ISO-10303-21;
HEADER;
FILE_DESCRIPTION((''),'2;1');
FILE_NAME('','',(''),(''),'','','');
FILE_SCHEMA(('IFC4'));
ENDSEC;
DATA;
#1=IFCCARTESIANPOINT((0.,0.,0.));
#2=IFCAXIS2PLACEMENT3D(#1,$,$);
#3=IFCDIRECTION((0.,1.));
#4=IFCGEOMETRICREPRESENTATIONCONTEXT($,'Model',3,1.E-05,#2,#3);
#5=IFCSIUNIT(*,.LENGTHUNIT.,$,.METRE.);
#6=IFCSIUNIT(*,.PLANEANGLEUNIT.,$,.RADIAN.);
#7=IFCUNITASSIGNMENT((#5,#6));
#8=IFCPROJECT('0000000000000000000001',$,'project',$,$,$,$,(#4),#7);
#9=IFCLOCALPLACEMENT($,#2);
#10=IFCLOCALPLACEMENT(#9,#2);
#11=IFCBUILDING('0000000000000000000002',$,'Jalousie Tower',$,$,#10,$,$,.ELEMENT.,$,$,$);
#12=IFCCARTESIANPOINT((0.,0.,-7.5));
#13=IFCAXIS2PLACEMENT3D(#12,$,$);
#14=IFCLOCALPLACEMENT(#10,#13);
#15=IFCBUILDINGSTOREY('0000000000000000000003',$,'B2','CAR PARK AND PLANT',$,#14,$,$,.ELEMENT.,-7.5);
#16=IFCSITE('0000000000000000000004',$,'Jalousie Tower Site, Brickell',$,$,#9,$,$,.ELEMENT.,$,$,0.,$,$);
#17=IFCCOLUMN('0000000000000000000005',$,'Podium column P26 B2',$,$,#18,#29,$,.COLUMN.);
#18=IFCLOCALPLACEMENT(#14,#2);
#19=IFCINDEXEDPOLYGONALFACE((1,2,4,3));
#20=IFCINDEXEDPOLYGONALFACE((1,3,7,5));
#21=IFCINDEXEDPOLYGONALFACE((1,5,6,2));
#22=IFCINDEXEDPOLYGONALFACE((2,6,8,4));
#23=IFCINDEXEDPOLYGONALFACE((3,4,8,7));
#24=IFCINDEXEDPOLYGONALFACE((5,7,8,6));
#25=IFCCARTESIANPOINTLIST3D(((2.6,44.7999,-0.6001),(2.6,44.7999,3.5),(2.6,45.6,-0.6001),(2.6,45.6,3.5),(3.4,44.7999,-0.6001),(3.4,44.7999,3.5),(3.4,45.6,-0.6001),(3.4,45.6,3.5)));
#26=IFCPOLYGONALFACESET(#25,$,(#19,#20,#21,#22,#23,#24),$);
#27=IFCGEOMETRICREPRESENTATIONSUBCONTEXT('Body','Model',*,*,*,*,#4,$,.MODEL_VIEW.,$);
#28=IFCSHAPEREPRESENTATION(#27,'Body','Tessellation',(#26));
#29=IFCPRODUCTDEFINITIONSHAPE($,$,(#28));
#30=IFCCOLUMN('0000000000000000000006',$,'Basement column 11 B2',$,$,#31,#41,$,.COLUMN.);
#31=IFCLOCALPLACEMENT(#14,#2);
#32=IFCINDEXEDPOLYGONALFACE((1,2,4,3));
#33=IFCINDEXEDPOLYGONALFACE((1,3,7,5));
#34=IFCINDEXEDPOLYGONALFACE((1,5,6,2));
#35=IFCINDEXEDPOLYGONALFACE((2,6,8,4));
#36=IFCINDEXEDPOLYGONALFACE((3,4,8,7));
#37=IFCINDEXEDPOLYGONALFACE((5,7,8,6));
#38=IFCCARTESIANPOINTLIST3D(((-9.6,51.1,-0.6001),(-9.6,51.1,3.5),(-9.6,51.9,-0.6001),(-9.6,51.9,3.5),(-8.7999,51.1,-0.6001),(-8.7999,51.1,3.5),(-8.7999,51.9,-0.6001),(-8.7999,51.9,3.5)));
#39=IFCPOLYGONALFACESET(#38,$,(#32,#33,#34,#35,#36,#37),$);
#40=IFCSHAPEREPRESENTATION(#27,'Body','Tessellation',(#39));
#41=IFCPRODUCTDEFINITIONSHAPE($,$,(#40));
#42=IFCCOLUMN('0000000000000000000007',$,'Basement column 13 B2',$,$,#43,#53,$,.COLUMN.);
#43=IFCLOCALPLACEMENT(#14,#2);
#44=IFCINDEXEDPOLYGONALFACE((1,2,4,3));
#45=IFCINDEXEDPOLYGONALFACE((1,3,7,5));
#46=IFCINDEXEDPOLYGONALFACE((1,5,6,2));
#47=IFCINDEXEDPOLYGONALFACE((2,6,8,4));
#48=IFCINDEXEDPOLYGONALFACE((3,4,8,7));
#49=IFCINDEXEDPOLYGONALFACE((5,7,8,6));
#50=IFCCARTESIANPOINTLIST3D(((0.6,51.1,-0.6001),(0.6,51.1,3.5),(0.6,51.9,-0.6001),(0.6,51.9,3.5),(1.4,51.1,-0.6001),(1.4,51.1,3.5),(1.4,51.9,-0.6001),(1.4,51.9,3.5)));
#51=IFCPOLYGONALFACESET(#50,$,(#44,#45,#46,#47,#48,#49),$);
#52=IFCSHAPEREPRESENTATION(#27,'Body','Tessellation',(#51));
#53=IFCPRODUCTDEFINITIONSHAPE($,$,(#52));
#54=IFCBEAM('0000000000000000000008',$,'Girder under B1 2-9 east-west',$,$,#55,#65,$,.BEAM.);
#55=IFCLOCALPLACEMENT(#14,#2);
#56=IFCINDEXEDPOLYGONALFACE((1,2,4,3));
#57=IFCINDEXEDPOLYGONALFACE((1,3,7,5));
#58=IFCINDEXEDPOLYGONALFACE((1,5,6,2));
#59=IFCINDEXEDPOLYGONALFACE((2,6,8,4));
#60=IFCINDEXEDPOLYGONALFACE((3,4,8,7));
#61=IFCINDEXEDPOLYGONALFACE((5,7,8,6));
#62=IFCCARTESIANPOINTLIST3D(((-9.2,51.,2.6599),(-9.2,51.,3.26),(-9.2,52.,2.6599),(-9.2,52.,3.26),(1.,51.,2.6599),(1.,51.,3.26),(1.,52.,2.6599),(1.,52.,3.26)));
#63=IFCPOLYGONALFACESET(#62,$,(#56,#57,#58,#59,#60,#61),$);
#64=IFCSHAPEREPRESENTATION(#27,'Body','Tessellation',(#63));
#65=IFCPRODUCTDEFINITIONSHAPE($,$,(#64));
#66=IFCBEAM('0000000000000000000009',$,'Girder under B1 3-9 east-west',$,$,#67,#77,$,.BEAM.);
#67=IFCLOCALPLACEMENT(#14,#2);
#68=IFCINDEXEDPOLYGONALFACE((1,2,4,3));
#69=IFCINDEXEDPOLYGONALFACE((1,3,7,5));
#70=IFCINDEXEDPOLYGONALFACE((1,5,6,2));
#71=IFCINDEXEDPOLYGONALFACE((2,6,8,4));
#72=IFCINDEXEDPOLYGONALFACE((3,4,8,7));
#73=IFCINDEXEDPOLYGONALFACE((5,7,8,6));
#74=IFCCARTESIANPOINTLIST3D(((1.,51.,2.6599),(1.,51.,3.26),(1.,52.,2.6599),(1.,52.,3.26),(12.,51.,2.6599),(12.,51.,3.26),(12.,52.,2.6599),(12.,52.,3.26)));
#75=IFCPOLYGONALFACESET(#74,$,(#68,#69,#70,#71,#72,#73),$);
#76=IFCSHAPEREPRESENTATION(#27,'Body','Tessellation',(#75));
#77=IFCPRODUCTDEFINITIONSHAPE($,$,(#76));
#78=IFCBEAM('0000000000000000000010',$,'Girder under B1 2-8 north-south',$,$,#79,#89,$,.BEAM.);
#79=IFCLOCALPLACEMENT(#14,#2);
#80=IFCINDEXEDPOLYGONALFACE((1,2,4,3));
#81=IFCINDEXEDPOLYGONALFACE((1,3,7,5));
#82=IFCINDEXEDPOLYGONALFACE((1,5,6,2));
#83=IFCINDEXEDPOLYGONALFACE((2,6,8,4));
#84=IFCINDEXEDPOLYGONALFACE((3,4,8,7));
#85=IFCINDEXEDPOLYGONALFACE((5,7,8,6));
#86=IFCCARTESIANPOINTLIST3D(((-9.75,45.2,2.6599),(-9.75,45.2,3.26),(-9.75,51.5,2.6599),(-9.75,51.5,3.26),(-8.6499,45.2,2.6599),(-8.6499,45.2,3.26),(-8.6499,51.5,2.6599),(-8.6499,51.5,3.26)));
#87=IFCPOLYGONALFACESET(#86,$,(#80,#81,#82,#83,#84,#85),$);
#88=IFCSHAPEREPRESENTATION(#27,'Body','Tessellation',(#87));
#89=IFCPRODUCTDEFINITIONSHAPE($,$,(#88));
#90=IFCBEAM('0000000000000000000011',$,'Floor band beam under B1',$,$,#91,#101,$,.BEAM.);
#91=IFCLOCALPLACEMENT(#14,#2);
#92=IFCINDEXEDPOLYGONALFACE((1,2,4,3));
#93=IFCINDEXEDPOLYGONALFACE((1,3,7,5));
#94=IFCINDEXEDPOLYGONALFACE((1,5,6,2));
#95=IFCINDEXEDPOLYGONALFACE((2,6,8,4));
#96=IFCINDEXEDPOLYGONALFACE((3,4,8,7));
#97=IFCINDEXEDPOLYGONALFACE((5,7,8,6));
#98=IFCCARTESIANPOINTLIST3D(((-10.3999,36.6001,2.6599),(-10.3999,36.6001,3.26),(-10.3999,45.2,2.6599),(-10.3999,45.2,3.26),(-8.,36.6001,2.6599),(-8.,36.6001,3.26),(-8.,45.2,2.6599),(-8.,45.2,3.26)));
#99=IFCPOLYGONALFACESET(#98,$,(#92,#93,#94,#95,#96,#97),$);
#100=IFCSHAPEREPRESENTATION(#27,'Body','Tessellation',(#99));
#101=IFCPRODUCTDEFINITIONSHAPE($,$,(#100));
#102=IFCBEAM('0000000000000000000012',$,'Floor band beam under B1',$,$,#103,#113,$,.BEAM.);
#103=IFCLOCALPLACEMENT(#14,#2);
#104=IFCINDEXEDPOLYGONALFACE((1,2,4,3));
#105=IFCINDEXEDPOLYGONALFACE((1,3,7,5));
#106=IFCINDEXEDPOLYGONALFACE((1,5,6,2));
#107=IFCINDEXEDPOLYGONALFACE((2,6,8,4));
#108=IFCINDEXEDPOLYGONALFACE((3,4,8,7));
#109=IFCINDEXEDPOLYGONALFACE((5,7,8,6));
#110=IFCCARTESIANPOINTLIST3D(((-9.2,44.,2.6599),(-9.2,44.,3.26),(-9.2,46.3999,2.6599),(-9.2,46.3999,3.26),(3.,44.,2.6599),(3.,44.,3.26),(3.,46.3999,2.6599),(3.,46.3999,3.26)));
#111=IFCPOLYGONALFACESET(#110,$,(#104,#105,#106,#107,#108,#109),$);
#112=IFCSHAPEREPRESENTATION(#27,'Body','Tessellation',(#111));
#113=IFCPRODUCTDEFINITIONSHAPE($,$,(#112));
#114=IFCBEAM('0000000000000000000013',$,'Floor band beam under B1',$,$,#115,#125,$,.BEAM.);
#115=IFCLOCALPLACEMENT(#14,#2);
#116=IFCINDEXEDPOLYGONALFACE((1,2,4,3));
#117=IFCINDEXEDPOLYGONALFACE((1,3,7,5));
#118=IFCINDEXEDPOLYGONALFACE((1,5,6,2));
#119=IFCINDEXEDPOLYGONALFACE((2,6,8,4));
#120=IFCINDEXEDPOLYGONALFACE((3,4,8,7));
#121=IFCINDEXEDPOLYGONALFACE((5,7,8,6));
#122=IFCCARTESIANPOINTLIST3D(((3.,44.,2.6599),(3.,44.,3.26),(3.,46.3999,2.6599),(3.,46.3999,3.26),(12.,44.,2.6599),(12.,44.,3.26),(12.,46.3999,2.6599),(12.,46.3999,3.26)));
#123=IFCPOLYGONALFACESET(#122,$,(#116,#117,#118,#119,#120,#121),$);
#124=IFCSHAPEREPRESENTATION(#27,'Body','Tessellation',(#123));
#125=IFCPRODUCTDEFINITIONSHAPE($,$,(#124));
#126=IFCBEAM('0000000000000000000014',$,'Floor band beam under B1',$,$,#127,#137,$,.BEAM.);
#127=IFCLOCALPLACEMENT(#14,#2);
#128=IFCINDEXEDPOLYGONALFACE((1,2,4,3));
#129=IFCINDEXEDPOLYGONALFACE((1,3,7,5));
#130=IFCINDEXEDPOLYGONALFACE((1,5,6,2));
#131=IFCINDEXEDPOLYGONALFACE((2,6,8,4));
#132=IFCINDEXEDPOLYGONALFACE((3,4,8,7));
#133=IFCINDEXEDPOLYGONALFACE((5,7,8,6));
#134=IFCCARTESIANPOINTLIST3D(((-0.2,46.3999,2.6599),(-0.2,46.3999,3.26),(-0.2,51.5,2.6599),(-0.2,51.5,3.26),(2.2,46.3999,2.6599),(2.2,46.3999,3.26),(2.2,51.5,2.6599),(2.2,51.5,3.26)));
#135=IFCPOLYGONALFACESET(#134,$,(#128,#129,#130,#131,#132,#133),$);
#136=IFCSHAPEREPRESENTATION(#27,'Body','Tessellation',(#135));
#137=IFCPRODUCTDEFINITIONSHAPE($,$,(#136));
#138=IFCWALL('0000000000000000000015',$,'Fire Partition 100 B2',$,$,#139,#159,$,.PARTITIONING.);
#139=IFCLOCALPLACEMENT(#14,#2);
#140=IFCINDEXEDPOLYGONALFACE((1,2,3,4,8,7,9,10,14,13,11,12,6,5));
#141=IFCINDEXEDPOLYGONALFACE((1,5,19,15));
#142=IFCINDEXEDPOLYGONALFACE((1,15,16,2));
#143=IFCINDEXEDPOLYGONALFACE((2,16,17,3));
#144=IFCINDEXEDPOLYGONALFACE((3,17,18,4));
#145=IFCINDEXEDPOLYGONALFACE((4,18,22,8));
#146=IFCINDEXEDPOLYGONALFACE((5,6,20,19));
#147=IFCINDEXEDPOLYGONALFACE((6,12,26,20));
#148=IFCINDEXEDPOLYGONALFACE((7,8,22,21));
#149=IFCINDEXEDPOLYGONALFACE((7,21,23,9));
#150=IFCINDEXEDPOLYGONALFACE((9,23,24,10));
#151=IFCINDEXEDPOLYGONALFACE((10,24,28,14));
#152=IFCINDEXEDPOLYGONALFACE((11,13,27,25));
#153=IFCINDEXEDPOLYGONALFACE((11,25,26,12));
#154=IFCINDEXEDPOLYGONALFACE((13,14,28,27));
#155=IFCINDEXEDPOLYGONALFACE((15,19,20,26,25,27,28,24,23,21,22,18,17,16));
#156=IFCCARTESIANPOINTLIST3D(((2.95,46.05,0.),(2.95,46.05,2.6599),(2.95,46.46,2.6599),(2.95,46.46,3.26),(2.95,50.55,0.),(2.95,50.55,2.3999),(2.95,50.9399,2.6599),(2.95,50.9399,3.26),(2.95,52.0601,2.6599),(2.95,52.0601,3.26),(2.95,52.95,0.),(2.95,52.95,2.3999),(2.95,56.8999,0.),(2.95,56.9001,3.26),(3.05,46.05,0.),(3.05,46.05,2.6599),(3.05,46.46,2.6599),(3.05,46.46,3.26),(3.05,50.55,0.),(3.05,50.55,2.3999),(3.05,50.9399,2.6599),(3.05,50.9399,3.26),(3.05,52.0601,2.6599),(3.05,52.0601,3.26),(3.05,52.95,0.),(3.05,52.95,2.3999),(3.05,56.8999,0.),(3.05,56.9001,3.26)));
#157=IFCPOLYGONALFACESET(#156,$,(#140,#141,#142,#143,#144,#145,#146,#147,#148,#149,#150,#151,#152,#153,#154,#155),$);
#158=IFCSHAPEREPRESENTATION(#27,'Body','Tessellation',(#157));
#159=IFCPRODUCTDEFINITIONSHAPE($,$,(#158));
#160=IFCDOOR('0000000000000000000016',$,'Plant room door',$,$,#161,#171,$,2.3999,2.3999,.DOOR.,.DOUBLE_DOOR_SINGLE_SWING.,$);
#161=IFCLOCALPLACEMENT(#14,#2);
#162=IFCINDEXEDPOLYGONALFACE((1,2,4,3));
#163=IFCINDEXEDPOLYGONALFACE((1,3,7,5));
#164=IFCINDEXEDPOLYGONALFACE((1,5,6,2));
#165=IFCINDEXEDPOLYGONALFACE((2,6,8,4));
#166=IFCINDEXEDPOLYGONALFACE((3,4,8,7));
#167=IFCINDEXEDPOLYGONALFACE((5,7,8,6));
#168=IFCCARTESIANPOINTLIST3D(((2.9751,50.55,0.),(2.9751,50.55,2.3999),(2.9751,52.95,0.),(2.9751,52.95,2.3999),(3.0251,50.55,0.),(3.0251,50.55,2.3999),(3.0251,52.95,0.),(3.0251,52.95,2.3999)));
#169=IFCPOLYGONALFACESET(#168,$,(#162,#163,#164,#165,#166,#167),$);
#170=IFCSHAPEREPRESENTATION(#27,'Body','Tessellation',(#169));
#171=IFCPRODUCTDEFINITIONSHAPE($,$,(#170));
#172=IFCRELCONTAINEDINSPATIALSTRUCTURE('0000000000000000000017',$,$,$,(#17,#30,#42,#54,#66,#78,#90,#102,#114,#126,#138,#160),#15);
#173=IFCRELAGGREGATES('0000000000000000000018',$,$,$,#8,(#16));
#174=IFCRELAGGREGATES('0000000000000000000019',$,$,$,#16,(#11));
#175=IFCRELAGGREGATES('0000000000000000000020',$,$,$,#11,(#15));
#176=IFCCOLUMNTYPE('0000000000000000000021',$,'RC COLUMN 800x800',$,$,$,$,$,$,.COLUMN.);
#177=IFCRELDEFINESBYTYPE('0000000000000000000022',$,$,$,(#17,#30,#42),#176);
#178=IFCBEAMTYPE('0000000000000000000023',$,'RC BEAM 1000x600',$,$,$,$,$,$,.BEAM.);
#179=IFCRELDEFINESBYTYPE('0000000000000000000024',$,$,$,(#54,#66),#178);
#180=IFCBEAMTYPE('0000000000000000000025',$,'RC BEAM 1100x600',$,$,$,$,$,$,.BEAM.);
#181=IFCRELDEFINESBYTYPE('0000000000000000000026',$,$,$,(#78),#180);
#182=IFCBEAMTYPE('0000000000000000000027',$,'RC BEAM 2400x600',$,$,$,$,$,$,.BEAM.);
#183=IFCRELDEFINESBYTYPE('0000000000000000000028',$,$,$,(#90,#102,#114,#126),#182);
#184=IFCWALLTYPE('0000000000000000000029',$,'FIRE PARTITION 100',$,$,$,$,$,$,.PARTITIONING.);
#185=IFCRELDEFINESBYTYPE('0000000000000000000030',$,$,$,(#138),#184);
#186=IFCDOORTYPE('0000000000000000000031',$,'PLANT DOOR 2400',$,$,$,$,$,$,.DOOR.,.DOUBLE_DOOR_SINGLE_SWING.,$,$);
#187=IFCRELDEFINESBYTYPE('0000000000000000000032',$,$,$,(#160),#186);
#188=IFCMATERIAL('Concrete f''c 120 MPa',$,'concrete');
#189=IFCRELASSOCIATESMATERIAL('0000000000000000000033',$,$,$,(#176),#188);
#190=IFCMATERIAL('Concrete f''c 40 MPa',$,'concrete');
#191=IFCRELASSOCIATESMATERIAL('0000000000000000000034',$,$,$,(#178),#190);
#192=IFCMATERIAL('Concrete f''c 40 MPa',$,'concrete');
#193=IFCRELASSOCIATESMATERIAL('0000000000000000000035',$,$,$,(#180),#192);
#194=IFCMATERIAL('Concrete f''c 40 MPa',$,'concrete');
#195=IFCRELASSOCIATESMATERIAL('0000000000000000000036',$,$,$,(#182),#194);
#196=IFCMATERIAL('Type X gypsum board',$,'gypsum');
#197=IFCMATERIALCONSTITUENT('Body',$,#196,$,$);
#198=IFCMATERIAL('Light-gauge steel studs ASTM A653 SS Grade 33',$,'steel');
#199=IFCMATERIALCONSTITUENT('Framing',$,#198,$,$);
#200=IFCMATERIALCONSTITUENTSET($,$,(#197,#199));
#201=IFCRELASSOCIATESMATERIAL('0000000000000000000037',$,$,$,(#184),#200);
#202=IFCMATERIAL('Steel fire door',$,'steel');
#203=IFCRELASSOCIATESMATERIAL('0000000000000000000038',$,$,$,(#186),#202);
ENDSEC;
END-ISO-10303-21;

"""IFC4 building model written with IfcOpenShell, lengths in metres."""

from ifc_helpers import new_model, si_unit, direction, frame, frame_2d, origin, origin_2d, place, context, subcontext, project, spatial, polyline, rectangle, outline, extrude, material, constituent, constituent_set, material_profile, profile_set, type_object, element, fill, save


model = new_model("IFC4")

# Units and contexts
model_context = context("Model", 3, precision=1e-05, world=origin(), true_north=direction((0.0, 1.0)))
body_context = subcontext(model_context, "Body", "Model", "MODEL_VIEW")
ifc_project = project(units=[si_unit("LENGTHUNIT", "METRE"), si_unit("PLANEANGLEUNIT", "RADIAN")], contexts=[model_context])

# Site, building, storey
site_placement = place(None, origin())
site = spatial("IfcSite", under=ifc_project, at=site_placement, Name="Jalousie Tower Site, Brickell", CompositionType="ELEMENT", RefElevation=0.0)
building_placement = place(site_placement, origin())
building = spatial("IfcBuilding", under=site, at=building_placement, Name="Jalousie Tower", CompositionType="ELEMENT")
storey_placement = place(building_placement, frame((0.0, 0.0, -7.5)))
storey = spatial("IfcBuildingStorey", under=building, at=storey_placement, Name="B2", Description="CAR PARK AND PLANT", CompositionType="ELEMENT", Elevation=-7.5)

# Columns
ifc_material_1 = material(Name="Concrete f'c 120 MPa", Category="concrete")
ifc_material_profile_1 = material_profile(ifc_material_1, rectangle(XDim=0.8, YDim=0.8, at=origin_2d()), Name="RC 800x800")
ifc_profile_set_1 = profile_set([ifc_material_profile_1], Name="Concrete f'c 120 MPa")
column_type = type_object("IfcColumnType", Name="RC COLUMN 800x800", PredefinedType="COLUMN", material=ifc_profile_set_1)
for number, where, z_axis, x_axis, name in (
    (1, (3.0, 45.2, -0.6001), (0.0, 0.0, 1.0), (1.0, 0.0, 0.0), "Podium column P26 B2"),
    (2, (-9.2, 51.5, -0.6001), (0.0, 0.0, 1.0), (1.0, 0.0, 0.0), "Basement column 11 B2"),
    (3, (1.0, 51.5, -0.6001), (0.0, 0.0, 1.0), (1.0, 0.0, 0.0), "Basement column 13 B2"),
):
    element("IfcColumn", number, at=place(storey_placement, frame(where, z_axis=z_axis, x_axis=x_axis)), inside=storey, type_object=column_type, Name=name, PredefinedType="COLUMN", context=body_context, shape_type="SweptSolid", body=[
        extrude(rectangle(XDim=0.8, YDim=0.8, at=origin_2d()), origin(), (0.0, 0.0, 1.0), 4.1001),
    ])

# Beams
ifc_material_2 = material(Name="Concrete f'c 40 MPa", Category="concrete")
ifc_material_profile_2 = material_profile(ifc_material_2, rectangle(XDim=1.0, YDim=0.6001, at=origin_2d()), Name="RC 1000x600")
ifc_profile_set_2 = profile_set([ifc_material_profile_2], Name="Concrete f'c 40 MPa")
beam_type_1 = type_object("IfcBeamType", Name="RC BEAM 1000x600", PredefinedType="BEAM", material=ifc_profile_set_2)
beam_1_placement = place(storey_placement, frame((-9.2, 51.5, 2.96), z_axis=(1.0, 0.0, 0.0), x_axis=(0.0, 1.0, 0.0)))
element("IfcBeam", 4, at=beam_1_placement, inside=storey, type_object=beam_type_1, Name="Girder under B1 2-9 east-west", PredefinedType="BEAM", context=body_context, shape_type="SweptSolid", body=[
    extrude(rectangle(XDim=1.0, YDim=0.6001, at=origin_2d()), origin(), (0.0, 0.0, 1.0), 10.2),
])
beam_2_placement = place(storey_placement, frame((1.0, 51.5, 2.96), z_axis=(1.0, 0.0, 0.0), x_axis=(0.0, 1.0, 0.0)))
element("IfcBeam", 5, at=beam_2_placement, inside=storey, type_object=beam_type_1, Name="Girder under B1 3-9 east-west", PredefinedType="BEAM", context=body_context, shape_type="SweptSolid", body=[
    extrude(rectangle(XDim=1.0, YDim=0.6001, at=origin_2d()), origin(), (0.0, 0.0, 1.0), 11.0),
])
ifc_material_3 = material(Name="Concrete f'c 40 MPa", Category="concrete")
ifc_material_profile_3 = material_profile(ifc_material_3, rectangle(XDim=1.1001, YDim=0.6001, at=origin_2d()), Name="RC 1100x600")
ifc_profile_set_3 = profile_set([ifc_material_profile_3], Name="Concrete f'c 40 MPa")
beam_type_2 = type_object("IfcBeamType", Name="RC BEAM 1100x600", PredefinedType="BEAM", material=ifc_profile_set_3)
beam_3_placement = place(storey_placement, frame((-9.2, 45.2, 2.96), z_axis=(0.0, 1.0, 0.0), x_axis=(-1.0, 0.0, 0.0)))
element("IfcBeam", 6, at=beam_3_placement, inside=storey, type_object=beam_type_2, Name="Girder under B1 2-8 north-south", PredefinedType="BEAM", context=body_context, shape_type="SweptSolid", body=[
    extrude(rectangle(XDim=1.1001, YDim=0.6001, at=origin_2d()), origin(), (0.0, 0.0, 1.0), 6.3),
])
ifc_material_4 = material(Name="Concrete f'c 40 MPa", Category="concrete")
ifc_material_profile_4 = material_profile(ifc_material_4, rectangle(XDim=2.3999, YDim=0.6001, at=origin_2d()), Name="RC 2400x600")
ifc_profile_set_4 = profile_set([ifc_material_profile_4], Name="Concrete f'c 40 MPa")
beam_type_3 = type_object("IfcBeamType", Name="RC BEAM 2400x600", PredefinedType="BEAM", material=ifc_profile_set_4)
beam_4_placement = place(storey_placement, frame((-9.2, 36.6001, 2.96), z_axis=(0.0, 1.0, 0.0), x_axis=(-1.0, 0.0, 0.0)))
element("IfcBeam", 7, at=beam_4_placement, inside=storey, type_object=beam_type_3, Name="Floor band beam under B1", PredefinedType="BEAM", context=body_context, shape_type="SweptSolid", body=[
    extrude(rectangle(XDim=2.3999, YDim=0.6001, at=origin_2d()), origin(), (0.0, 0.0, 1.0), 8.5999),
])
beam_5_placement = place(storey_placement, frame((-9.2, 45.2, 2.96), z_axis=(1.0, 0.0, 0.0), x_axis=(0.0, 1.0, 0.0)))
element("IfcBeam", 8, at=beam_5_placement, inside=storey, type_object=beam_type_3, Name="Floor band beam under B1", PredefinedType="BEAM", context=body_context, shape_type="SweptSolid", body=[
    extrude(rectangle(XDim=2.3999, YDim=0.6001, at=origin_2d()), origin(), (0.0, 0.0, 1.0), 12.2),
])
beam_6_placement = place(storey_placement, frame((3.0, 45.2, 2.96), z_axis=(1.0, 0.0, 0.0), x_axis=(0.0, 1.0, 0.0)))
element("IfcBeam", 9, at=beam_6_placement, inside=storey, type_object=beam_type_3, Name="Floor band beam under B1", PredefinedType="BEAM", context=body_context, shape_type="SweptSolid", body=[
    extrude(rectangle(XDim=2.3999, YDim=0.6001, at=origin_2d()), origin(), (0.0, 0.0, 1.0), 9.0),
])
beam_7_placement = place(storey_placement, frame((1.0, 51.5, 2.96), z_axis=(0.0, -1.0, 0.0), x_axis=(1.0, 0.0, 0.0)))
element("IfcBeam", 10, at=beam_7_placement, inside=storey, type_object=beam_type_3, Name="Floor band beam under B1", PredefinedType="BEAM", context=body_context, shape_type="SweptSolid", body=[
    extrude(rectangle(XDim=2.3999, YDim=0.6001, at=origin_2d()), origin(), (0.0, 0.0, 1.0), 5.1001),
])

# Wall, opening, door
ifc_material_5 = material(Name="Type X gypsum board", Category="gypsum")
ifc_constituent_1 = constituent(ifc_material_5, Name="Body")
ifc_material_6 = material(Name="Light-gauge steel studs ASTM A653 SS Grade 33", Category="steel")
ifc_constituent_2 = constituent(ifc_material_6, Name="Framing")
ifc_constituent_set_1 = constituent_set(constituents=[ifc_constituent_1, ifc_constituent_2])
wall_type_1 = type_object("IfcWallType", Name="FIRE PARTITION 100", PredefinedType="PARTITIONING", material=ifc_constituent_set_1)
wall_1_placement = place(storey_placement, frame((3.0, 46.05, 0.0), z_axis=(0.0, 0.0, 1.0), x_axis=(0.0, 1.0, 0.0)))
wall_1 = element("IfcWall", 11, at=wall_1_placement, inside=storey, type_object=wall_type_1, Name="Fire Partition 100 B2", PredefinedType="PARTITIONING", context=body_context, shape_type="SweptSolid", body=[
    extrude(outline(polyline([(0.0, 0.0), (10.8499, 0.0), (10.8501, 3.26), (6.01, 3.26), (6.01, 2.6599), (4.8899, 2.6599), (4.8899, 3.26), (0.4099, 3.26), (0.4099, 2.6599), (0.0, 2.6599), (0.0, 3.26), (0.0, 0.0)])), frame((0.0, 0.05, 0.0), z_axis=(0.0, -1.0, 0.0), x_axis=(1.0, 0.0, 0.0)), (0.0, 0.0, 1.0), 0.1001),
])
opening_placement = place(wall_1_placement, frame((4.5, 0.0, 0.0)))
opening = element("IfcOpeningElement", 12, at=opening_placement, cuts=wall_1, PredefinedType="OPENING", context=body_context, shape_type="SweptSolid", body=[
    extrude(rectangle(XDim=2.3999, YDim=2.3999, at=frame_2d((1.2, 1.2))), frame((0.0, 0.0601, 0.0), z_axis=(0.0, -1.0, 0.0), x_axis=(1.0, 0.0, 0.0)), (0.0, 0.0, 1.0), 0.1201),
])
ifc_material_7 = material(Name="Steel fire door", Category="steel")
door_type = type_object("IfcDoorType", Name="PLANT DOOR 2400", OperationType="DOUBLE_DOOR_SINGLE_SWING", PredefinedType="DOOR", material=ifc_material_7)
door_placement = place(opening_placement, origin())
door = element("IfcDoor", 13, at=door_placement, inside=storey, type_object=door_type, Name="Plant room door", OperationType="DOUBLE_DOOR_SINGLE_SWING", OverallHeight=2.3999, OverallWidth=2.3999, PredefinedType="DOOR", context=body_context, shape_type="SweptSolid", body=[
    extrude(rectangle(XDim=2.3999, YDim=2.3999, at=frame_2d((1.2, 1.2))), frame((0.0, 0.0249, 0.0), z_axis=(0.0, -1.0, 0.0), x_axis=(1.0, 0.0, 0.0)), (0.0, 0.0, 1.0), 0.05),
])
fill(opening, door)

save(model, "model.ifc")
